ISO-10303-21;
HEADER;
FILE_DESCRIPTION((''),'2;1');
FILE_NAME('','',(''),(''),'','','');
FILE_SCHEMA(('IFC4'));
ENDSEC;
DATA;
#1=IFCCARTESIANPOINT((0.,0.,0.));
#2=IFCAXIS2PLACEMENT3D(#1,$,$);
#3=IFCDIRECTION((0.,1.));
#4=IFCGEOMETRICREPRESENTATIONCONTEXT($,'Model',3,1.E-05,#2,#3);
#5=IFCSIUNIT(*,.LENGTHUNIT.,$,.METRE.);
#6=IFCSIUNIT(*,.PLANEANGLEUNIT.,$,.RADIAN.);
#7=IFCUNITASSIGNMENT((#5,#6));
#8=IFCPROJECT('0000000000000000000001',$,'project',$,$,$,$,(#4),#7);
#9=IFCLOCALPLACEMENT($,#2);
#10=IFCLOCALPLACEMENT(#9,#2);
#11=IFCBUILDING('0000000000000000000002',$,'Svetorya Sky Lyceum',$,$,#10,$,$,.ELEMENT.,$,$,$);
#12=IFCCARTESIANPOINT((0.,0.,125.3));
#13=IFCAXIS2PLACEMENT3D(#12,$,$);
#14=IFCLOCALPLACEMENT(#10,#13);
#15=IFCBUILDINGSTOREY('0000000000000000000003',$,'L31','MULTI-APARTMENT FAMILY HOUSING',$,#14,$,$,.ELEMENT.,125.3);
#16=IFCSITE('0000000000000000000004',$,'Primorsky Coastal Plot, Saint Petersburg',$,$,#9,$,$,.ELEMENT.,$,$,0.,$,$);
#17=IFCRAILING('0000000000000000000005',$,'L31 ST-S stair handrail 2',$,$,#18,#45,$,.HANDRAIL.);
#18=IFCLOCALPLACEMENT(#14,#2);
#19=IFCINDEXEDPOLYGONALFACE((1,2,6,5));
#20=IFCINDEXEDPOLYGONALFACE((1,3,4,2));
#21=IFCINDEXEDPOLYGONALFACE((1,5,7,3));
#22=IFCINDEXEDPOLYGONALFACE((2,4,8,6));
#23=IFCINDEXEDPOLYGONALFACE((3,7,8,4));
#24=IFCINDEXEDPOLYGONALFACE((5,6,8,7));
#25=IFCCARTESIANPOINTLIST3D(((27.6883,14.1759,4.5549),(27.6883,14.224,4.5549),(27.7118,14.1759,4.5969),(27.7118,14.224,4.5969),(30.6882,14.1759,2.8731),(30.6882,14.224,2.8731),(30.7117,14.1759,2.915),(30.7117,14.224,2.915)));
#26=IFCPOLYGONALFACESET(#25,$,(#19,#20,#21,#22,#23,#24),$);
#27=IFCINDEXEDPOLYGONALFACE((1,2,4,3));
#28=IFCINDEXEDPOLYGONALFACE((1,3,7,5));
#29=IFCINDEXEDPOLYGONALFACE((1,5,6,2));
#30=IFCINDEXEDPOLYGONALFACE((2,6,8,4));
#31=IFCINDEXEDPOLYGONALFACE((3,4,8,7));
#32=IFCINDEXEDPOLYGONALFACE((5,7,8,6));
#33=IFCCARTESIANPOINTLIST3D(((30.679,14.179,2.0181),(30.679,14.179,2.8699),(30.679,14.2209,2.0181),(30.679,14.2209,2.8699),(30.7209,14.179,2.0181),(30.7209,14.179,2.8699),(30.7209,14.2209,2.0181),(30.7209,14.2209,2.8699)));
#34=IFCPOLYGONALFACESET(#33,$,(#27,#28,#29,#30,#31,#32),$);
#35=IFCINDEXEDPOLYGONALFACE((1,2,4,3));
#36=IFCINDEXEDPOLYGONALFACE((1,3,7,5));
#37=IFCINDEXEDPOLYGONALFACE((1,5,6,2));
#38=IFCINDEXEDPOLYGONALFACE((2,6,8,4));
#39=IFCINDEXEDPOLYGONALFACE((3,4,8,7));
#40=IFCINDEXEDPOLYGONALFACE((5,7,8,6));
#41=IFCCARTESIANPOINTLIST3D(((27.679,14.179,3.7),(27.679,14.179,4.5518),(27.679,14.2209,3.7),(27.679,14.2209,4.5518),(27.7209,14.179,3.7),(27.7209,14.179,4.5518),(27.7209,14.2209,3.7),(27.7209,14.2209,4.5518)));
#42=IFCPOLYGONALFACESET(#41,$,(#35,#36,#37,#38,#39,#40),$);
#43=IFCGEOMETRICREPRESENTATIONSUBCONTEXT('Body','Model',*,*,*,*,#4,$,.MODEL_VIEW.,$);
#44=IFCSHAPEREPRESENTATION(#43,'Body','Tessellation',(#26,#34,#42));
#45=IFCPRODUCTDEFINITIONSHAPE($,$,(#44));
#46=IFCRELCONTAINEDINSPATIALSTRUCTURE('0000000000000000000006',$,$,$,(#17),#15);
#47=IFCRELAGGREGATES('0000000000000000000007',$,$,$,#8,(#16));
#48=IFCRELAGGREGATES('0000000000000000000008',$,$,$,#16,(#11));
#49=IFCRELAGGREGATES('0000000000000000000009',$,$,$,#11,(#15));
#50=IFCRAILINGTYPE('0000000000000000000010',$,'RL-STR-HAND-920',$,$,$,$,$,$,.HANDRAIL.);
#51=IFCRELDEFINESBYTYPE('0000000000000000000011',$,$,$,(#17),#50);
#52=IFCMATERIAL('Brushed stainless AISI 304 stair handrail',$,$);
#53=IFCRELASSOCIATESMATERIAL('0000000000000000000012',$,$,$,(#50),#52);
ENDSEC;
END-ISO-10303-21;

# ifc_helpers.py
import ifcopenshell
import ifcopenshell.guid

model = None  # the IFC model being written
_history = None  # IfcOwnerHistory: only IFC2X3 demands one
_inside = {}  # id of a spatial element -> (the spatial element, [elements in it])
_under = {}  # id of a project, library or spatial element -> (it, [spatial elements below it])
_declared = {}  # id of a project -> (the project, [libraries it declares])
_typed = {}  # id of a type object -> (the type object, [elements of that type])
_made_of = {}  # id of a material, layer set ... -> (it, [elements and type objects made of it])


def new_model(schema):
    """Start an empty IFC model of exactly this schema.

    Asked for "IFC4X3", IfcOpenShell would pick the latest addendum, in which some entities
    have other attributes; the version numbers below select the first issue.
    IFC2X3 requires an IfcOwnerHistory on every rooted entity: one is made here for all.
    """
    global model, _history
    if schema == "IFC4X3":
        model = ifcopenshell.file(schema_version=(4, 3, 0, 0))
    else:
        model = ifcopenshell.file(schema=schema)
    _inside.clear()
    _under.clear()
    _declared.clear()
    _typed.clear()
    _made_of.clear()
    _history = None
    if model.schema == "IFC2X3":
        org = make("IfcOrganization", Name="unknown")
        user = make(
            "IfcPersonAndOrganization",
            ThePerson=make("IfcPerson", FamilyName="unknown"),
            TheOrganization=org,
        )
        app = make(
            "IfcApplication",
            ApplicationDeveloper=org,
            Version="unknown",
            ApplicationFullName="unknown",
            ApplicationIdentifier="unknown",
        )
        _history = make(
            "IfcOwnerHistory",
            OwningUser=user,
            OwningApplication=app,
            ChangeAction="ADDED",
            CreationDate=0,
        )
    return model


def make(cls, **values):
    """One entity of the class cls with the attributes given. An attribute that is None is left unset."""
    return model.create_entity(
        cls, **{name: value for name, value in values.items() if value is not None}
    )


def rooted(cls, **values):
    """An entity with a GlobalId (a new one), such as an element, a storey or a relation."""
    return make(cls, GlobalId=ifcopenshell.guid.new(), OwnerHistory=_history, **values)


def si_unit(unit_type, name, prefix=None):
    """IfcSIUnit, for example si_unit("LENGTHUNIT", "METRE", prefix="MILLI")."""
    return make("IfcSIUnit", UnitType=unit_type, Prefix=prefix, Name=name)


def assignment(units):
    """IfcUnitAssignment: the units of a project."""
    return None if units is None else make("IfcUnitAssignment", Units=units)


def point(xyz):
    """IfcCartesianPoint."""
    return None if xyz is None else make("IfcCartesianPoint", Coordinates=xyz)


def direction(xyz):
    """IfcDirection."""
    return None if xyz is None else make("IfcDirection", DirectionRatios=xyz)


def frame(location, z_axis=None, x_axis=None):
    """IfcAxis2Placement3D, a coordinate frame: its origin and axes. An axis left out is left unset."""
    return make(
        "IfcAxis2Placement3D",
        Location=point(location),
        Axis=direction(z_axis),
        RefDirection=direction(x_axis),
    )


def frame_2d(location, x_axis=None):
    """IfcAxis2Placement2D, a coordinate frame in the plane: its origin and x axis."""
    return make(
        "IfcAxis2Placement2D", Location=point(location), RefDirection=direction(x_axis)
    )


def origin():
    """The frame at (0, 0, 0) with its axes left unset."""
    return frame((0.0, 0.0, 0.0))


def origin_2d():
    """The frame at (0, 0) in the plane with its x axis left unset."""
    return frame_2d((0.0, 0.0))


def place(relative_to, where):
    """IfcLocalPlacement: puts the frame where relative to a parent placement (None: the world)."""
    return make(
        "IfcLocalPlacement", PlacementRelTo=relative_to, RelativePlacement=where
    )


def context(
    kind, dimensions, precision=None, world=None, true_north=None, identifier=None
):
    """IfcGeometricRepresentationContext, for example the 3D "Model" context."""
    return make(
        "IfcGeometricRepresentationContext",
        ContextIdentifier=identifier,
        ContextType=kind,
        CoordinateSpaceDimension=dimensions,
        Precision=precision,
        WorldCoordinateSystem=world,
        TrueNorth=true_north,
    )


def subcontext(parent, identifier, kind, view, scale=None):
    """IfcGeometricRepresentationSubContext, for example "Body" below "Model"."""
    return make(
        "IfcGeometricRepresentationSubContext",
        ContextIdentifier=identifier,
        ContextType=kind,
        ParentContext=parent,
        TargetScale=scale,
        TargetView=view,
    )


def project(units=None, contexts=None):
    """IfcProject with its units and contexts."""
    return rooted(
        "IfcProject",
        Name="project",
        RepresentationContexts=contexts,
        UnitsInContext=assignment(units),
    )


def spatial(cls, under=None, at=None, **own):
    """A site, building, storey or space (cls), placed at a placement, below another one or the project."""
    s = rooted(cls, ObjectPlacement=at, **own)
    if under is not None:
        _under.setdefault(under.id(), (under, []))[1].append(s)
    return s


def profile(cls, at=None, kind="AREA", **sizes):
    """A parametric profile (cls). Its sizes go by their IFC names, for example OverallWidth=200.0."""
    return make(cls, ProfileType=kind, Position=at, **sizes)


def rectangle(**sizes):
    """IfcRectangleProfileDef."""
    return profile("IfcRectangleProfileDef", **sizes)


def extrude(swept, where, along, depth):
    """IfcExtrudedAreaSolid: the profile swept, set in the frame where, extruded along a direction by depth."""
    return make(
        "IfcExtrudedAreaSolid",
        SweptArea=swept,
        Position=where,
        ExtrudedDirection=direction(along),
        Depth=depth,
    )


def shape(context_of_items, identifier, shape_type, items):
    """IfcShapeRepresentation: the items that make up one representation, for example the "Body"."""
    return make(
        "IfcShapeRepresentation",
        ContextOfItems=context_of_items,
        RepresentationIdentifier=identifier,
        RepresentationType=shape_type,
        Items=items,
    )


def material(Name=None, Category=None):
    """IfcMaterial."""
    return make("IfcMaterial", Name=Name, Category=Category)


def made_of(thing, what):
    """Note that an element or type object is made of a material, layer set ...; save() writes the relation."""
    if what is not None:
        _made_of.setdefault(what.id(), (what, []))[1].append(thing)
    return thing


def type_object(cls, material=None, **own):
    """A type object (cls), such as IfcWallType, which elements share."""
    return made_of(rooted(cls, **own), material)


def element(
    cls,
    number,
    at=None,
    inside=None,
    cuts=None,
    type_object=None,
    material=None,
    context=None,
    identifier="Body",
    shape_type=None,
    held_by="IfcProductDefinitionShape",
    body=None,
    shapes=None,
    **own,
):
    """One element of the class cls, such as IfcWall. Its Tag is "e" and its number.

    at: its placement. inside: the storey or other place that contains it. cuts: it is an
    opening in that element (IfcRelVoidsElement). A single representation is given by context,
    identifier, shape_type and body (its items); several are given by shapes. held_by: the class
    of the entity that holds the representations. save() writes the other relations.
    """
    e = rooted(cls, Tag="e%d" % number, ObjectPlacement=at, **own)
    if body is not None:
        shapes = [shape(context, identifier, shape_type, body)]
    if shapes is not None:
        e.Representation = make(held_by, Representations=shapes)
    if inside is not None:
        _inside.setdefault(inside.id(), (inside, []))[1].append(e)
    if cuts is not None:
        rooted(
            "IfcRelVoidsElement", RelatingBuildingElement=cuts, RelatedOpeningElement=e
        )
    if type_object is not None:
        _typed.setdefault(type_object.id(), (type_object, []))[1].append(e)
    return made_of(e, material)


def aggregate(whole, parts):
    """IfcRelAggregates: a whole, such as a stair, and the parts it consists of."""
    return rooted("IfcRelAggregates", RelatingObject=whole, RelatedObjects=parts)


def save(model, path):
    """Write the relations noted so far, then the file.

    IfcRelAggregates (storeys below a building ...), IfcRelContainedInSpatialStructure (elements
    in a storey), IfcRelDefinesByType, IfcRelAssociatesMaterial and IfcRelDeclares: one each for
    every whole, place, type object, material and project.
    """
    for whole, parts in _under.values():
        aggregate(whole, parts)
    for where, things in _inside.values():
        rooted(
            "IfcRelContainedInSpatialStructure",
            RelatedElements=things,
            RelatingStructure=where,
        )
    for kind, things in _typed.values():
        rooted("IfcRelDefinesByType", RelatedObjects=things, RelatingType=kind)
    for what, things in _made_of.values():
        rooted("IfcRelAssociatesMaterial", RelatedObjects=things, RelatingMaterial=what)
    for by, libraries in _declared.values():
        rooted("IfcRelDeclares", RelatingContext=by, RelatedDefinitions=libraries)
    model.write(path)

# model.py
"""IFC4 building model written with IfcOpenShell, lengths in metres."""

from ifc_helpers import new_model, si_unit, direction, frame, origin, origin_2d, place, context, subcontext, project, spatial, rectangle, extrude, material, type_object, element, save


model = new_model("IFC4")

# Units and contexts
model_context = context("Model", 3, precision=1e-05, world=origin(), true_north=direction((0.0, 1.0)))
body_context = subcontext(model_context, "Body", "Model", "MODEL_VIEW")
ifc_project = project(units=[si_unit("LENGTHUNIT", "METRE"), si_unit("PLANEANGLEUNIT", "RADIAN")], contexts=[model_context])

# Site, building, storey
site_placement = place(None, origin())
site = spatial("IfcSite", under=ifc_project, at=site_placement, Name="Primorsky Coastal Plot, Saint Petersburg", CompositionType="ELEMENT", RefElevation=0.0)
building_placement = place(site_placement, origin())
building = spatial("IfcBuilding", under=site, at=building_placement, Name="Svetorya Sky Lyceum", CompositionType="ELEMENT")
storey_placement = place(building_placement, frame((0.0, 0.0, 125.3)))
storey = spatial("IfcBuildingStorey", under=building, at=storey_placement, Name="L31", Description="MULTI-APARTMENT FAMILY HOUSING", CompositionType="ELEMENT", Elevation=125.3)

# Railing
ifc_material_1 = material(Name="Brushed stainless AISI 304 stair handrail")
railing_type_1 = type_object("IfcRailingType", Name="RL-STR-HAND-920", PredefinedType="HANDRAIL", material=ifc_material_1)
railing_1_placement = place(storey_placement, frame((30.7, 14.2, 2.0181)))
element("IfcRailing", 1, at=railing_1_placement, inside=storey, type_object=railing_type_1, Name="L31 ST-S stair handrail 2", PredefinedType="HANDRAIL", context=body_context, shape_type="SweptSolid", body=[
    extrude(rectangle(XDim=0.0481, YDim=0.0481, at=origin_2d()), frame((0.0, 0.0, 0.876), z_axis=(-0.872272, 0.0, 0.48902), x_axis=(0.0, -1.0, 0.0)), (0.0, 0.0, 1.0), 3.4392),
    extrude(rectangle(XDim=0.042, YDim=0.042, at=origin_2d()), origin(), (0.0, 0.0, 1.0), 0.8518),
    extrude(rectangle(XDim=0.042, YDim=0.042, at=origin_2d()), frame((-3.0, 0.0, 1.6819)), (0.0, 0.0, 1.0), 0.8518),
])

save(model, "model.ifc")
